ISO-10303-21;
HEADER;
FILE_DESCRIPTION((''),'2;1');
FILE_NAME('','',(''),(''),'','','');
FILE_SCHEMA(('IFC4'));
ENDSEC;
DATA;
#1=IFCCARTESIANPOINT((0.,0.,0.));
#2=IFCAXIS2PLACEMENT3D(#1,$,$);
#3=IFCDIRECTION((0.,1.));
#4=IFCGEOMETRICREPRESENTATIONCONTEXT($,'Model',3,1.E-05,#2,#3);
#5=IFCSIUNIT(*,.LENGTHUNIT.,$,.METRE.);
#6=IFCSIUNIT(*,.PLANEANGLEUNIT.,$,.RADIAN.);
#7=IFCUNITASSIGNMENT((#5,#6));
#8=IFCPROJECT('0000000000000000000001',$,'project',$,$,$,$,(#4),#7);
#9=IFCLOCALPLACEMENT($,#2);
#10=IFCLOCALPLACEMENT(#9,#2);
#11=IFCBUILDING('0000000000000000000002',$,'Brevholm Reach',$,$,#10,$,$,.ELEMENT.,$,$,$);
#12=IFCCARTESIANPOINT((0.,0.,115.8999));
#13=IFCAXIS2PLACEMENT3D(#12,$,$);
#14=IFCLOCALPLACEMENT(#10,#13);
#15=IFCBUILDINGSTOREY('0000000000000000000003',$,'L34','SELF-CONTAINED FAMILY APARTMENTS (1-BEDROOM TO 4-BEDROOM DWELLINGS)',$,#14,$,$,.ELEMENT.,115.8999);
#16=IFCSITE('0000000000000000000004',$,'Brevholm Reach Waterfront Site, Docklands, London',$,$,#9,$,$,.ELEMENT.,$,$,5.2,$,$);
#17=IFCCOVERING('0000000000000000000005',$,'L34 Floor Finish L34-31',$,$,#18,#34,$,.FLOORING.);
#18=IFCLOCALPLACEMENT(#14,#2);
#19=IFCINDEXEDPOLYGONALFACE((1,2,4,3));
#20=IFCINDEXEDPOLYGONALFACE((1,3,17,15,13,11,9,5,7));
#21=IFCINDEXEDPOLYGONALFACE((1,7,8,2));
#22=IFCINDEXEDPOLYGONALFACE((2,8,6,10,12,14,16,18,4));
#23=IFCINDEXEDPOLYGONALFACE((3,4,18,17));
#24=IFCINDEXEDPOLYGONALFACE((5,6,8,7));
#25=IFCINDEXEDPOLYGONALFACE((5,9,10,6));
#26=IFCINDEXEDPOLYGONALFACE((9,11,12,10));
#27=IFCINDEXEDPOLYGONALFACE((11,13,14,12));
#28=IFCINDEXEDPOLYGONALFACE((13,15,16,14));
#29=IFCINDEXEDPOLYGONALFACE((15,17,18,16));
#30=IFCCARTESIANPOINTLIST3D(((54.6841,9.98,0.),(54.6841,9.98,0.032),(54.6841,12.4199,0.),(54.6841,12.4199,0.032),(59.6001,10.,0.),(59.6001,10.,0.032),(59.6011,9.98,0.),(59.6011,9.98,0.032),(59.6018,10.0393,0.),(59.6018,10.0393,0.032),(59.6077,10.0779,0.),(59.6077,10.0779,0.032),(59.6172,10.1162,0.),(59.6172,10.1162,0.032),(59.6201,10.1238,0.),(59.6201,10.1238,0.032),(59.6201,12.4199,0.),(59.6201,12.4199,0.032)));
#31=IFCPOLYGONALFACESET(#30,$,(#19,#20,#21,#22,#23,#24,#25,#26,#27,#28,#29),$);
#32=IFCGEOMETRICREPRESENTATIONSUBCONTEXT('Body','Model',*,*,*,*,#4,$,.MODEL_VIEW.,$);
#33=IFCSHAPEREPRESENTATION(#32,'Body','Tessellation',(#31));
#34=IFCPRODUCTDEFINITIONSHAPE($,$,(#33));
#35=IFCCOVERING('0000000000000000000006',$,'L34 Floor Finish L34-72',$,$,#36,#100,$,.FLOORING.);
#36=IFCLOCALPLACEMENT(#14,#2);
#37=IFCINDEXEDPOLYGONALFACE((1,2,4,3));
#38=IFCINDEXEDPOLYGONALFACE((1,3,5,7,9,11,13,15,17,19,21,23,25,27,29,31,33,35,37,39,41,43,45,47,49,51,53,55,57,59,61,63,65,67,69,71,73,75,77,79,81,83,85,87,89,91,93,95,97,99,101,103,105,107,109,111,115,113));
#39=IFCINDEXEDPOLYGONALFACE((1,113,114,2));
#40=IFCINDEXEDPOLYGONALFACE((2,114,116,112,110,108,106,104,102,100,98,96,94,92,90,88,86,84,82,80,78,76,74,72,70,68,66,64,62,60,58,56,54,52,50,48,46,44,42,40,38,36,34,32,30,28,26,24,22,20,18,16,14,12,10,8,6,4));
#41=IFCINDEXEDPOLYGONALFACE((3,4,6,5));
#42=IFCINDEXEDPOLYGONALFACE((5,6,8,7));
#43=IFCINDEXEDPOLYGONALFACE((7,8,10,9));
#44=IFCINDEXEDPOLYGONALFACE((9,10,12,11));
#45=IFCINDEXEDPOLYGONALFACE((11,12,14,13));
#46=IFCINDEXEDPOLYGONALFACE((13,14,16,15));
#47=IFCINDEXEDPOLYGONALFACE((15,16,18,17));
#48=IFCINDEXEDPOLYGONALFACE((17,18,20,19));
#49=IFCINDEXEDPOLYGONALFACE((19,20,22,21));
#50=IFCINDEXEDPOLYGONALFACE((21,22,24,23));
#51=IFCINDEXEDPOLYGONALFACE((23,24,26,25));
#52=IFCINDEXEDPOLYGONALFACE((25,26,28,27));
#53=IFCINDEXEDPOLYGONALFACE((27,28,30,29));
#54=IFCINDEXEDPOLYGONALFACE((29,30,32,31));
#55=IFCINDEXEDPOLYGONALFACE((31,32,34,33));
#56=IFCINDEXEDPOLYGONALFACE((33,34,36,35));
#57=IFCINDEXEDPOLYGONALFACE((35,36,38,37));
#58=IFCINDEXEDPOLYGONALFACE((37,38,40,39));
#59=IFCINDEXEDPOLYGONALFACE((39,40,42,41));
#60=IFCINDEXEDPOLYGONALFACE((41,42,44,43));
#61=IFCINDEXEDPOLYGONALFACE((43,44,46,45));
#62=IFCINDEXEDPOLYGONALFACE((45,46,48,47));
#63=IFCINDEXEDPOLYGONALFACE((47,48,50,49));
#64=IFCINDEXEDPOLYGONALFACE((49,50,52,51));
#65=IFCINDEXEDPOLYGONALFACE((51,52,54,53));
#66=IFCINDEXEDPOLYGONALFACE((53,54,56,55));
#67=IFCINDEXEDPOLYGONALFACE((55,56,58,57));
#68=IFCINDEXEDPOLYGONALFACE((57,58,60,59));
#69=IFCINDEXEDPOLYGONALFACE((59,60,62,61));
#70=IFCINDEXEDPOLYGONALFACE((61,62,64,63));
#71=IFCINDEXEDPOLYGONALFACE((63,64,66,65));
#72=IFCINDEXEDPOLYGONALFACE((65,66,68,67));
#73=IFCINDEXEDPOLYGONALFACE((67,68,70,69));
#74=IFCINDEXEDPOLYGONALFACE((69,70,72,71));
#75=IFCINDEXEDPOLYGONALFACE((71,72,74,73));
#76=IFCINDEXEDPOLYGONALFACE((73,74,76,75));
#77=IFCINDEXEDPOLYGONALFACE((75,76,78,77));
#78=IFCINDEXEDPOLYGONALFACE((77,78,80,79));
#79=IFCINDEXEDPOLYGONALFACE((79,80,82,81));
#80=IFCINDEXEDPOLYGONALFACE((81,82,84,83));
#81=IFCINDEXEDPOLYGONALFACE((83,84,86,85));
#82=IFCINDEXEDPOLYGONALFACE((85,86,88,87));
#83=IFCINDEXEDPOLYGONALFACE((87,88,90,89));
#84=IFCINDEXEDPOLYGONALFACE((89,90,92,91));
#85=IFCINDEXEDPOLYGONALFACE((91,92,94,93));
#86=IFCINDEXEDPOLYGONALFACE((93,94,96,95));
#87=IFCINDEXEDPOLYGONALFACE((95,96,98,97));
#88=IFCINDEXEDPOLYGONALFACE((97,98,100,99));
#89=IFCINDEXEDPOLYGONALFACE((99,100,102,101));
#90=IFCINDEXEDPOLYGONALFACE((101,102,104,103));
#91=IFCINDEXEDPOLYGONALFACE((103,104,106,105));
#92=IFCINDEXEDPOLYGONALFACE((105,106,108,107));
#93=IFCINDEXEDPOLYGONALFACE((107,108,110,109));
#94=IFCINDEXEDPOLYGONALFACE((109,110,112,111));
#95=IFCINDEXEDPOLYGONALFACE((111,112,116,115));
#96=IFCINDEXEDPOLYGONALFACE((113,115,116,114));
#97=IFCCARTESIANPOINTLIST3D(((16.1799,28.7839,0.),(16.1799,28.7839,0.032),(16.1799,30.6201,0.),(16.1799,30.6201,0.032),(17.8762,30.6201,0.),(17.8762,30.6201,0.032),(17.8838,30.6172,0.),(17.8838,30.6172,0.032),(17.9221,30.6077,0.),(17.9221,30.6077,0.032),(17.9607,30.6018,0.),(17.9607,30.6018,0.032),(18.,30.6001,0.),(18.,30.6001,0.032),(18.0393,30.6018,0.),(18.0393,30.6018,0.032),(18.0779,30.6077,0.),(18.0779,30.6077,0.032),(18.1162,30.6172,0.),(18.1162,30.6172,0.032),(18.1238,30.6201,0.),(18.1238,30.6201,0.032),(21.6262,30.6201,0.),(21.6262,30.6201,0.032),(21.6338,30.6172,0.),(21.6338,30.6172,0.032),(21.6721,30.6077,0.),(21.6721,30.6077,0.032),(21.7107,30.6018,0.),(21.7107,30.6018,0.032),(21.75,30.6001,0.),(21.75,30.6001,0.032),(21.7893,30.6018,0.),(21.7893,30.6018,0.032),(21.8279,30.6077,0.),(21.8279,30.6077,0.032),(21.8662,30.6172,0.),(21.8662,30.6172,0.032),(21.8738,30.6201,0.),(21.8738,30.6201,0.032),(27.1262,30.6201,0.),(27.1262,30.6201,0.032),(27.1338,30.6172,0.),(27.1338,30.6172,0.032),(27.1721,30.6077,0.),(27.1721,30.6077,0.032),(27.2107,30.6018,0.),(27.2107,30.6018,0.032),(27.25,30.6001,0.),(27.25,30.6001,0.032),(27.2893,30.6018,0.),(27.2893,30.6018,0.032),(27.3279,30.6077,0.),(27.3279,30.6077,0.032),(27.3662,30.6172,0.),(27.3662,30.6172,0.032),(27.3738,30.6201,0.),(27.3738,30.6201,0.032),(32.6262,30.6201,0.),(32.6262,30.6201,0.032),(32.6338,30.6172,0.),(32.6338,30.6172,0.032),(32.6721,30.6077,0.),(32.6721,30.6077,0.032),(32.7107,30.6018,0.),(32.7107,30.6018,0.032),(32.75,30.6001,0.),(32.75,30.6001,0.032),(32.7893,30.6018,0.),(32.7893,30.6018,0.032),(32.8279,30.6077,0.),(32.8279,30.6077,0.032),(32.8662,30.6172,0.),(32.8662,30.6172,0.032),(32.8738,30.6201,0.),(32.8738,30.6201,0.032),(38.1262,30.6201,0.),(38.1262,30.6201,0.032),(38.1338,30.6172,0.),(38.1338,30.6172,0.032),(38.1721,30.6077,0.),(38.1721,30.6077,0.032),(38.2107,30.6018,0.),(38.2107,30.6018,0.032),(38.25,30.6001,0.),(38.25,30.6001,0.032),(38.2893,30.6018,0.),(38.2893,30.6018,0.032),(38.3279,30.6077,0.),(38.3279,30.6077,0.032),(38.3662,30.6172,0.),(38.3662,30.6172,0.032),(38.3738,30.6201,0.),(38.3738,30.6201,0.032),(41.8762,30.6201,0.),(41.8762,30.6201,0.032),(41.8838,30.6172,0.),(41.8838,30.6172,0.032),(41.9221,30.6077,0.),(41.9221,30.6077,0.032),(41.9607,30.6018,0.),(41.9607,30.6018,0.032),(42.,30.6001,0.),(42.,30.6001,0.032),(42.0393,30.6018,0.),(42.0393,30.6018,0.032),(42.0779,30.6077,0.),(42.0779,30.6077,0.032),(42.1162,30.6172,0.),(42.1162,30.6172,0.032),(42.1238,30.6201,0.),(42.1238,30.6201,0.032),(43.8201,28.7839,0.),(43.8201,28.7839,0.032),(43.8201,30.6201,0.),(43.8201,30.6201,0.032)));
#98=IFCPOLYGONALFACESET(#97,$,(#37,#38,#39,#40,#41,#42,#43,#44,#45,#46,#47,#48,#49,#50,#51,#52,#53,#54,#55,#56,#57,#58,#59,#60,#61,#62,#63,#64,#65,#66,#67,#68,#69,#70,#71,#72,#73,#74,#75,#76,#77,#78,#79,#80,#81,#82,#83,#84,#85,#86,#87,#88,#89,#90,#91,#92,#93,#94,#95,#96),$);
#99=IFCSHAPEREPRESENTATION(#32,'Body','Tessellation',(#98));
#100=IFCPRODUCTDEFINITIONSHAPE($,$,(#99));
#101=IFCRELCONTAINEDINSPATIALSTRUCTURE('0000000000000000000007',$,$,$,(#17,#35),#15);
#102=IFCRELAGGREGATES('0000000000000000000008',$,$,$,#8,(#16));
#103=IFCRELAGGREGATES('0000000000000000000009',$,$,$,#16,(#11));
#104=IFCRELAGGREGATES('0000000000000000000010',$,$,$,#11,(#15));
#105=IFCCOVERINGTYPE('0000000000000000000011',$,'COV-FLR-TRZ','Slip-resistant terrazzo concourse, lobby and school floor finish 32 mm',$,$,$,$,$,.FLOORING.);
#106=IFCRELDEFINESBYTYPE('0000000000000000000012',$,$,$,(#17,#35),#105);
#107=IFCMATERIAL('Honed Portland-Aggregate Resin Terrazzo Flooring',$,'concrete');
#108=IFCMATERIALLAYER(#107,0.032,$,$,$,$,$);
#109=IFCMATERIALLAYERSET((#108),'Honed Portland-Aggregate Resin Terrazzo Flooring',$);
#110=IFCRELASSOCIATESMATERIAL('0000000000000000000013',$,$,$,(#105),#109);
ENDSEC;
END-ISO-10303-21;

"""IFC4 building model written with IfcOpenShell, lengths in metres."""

from ifc_helpers import new_model, si_unit, direction, frame, origin, place, context, subcontext, project, spatial, polyline, outline, extrude, material, layer, layer_set, type_object, element, save


model = new_model("IFC4")

# Units and contexts
model_context = context("Model", 3, precision=1e-05, world=origin(), true_north=direction((0.0, 1.0)))
body_context = subcontext(model_context, "Body", "Model", "MODEL_VIEW")
ifc_project = project(units=[si_unit("LENGTHUNIT", "METRE"), si_unit("PLANEANGLEUNIT", "RADIAN")], contexts=[model_context])

# Site, building, storey
site_placement = place(None, origin())
site = spatial("IfcSite", under=ifc_project, at=site_placement, Name="Brevholm Reach Waterfront Site, Docklands, London", CompositionType="ELEMENT", RefElevation=5.2)
building_placement = place(site_placement, origin())
building = spatial("IfcBuilding", under=site, at=building_placement, Name="Brevholm Reach", CompositionType="ELEMENT")
storey_placement = place(building_placement, frame((0.0, 0.0, 115.8999)))
storey = spatial("IfcBuildingStorey", under=building, at=storey_placement, Name="L34", Description="SELF-CONTAINED FAMILY APARTMENTS (1-BEDROOM TO 4-BEDROOM DWELLINGS)", CompositionType="ELEMENT", Elevation=115.8999)

# Coverings
ifc_material_1 = material(Name="Honed Portland-Aggregate Resin Terrazzo Flooring", Category="concrete")
ifc_layer_1 = layer(ifc_material_1, 0.032)
ifc_layer_set_1 = layer_set([ifc_layer_1], Name="Honed Portland-Aggregate Resin Terrazzo Flooring")
covering_type_1 = type_object("IfcCoveringType", Name="COV-FLR-TRZ", Description="Slip-resistant terrazzo concourse, lobby and school floor finish 32 mm", PredefinedType="FLOORING", material=ifc_layer_set_1)
covering_1_placement = place(storey_placement, origin())
element("IfcCovering", 1, at=covering_1_placement, inside=storey, type_object=covering_type_1, Name="L34 Floor Finish L34-31", PredefinedType="FLOORING", context=body_context, shape_type="SweptSolid", body=[
    extrude(outline(polyline([(59.6201, 12.4199), (59.6201, 10.1238), (59.6172, 10.1162), (59.6077, 10.0779), (59.6018, 10.0393), (59.6001, 10.0), (59.6011, 9.98), (54.6841, 9.98), (54.6841, 12.4199), (59.6201, 12.4199)])), origin(), (0.0, 0.0, 1.0), 0.032),
])
covering_2_placement = place(storey_placement, origin())
element("IfcCovering", 2, at=covering_2_placement, inside=storey, type_object=covering_type_1, Name="L34 Floor Finish L34-72", PredefinedType="FLOORING", context=body_context, shape_type="SweptSolid", body=[
    extrude(outline(polyline([(16.1799, 30.6201), (17.8762, 30.6201), (17.8838, 30.6172), (17.9221, 30.6077), (17.9607, 30.6018), (18.0, 30.6001), (18.0393, 30.6018), (18.0779, 30.6077), (18.1162, 30.6172), (18.1238, 30.6201), (21.6262, 30.6201), (21.6338, 30.6172), (21.6721, 30.6077), (21.7107, 30.6018), (21.75, 30.6001), (21.7893, 30.6018), (21.8279, 30.6077), (21.8662, 30.6172), (21.8738, 30.6201), (27.1262, 30.6201), (27.1338, 30.6172), (27.1721, 30.6077), (27.2107, 30.6018), (27.25, 30.6001), (27.2893, 30.6018), (27.3279, 30.6077), (27.3662, 30.6172), (27.3738, 30.6201), (32.6262, 30.6201), (32.6338, 30.6172), (32.6721, 30.6077), (32.7107, 30.6018), (32.75, 30.6001), (32.7893, 30.6018), (32.8279, 30.6077), (32.8662, 30.6172), (32.8738, 30.6201), (38.1262, 30.6201), (38.1338, 30.6172), (38.1721, 30.6077), (38.2107, 30.6018), (38.25, 30.6001), (38.2893, 30.6018), (38.3279, 30.6077), (38.3662, 30.6172), (38.3738, 30.6201), (41.8762, 30.6201), (41.8838, 30.6172), (41.9221, 30.6077), (41.9607, 30.6018), (42.0, 30.6001), (42.0393, 30.6018), (42.0779, 30.6077), (42.1162, 30.6172), (42.1238, 30.6201), (43.8201, 30.6201), (43.8201, 28.7839), (16.1799, 28.7839), (16.1799, 30.6201)])), origin(), (0.0, 0.0, 1.0), 0.032),
])

save(model, "model.ifc")
